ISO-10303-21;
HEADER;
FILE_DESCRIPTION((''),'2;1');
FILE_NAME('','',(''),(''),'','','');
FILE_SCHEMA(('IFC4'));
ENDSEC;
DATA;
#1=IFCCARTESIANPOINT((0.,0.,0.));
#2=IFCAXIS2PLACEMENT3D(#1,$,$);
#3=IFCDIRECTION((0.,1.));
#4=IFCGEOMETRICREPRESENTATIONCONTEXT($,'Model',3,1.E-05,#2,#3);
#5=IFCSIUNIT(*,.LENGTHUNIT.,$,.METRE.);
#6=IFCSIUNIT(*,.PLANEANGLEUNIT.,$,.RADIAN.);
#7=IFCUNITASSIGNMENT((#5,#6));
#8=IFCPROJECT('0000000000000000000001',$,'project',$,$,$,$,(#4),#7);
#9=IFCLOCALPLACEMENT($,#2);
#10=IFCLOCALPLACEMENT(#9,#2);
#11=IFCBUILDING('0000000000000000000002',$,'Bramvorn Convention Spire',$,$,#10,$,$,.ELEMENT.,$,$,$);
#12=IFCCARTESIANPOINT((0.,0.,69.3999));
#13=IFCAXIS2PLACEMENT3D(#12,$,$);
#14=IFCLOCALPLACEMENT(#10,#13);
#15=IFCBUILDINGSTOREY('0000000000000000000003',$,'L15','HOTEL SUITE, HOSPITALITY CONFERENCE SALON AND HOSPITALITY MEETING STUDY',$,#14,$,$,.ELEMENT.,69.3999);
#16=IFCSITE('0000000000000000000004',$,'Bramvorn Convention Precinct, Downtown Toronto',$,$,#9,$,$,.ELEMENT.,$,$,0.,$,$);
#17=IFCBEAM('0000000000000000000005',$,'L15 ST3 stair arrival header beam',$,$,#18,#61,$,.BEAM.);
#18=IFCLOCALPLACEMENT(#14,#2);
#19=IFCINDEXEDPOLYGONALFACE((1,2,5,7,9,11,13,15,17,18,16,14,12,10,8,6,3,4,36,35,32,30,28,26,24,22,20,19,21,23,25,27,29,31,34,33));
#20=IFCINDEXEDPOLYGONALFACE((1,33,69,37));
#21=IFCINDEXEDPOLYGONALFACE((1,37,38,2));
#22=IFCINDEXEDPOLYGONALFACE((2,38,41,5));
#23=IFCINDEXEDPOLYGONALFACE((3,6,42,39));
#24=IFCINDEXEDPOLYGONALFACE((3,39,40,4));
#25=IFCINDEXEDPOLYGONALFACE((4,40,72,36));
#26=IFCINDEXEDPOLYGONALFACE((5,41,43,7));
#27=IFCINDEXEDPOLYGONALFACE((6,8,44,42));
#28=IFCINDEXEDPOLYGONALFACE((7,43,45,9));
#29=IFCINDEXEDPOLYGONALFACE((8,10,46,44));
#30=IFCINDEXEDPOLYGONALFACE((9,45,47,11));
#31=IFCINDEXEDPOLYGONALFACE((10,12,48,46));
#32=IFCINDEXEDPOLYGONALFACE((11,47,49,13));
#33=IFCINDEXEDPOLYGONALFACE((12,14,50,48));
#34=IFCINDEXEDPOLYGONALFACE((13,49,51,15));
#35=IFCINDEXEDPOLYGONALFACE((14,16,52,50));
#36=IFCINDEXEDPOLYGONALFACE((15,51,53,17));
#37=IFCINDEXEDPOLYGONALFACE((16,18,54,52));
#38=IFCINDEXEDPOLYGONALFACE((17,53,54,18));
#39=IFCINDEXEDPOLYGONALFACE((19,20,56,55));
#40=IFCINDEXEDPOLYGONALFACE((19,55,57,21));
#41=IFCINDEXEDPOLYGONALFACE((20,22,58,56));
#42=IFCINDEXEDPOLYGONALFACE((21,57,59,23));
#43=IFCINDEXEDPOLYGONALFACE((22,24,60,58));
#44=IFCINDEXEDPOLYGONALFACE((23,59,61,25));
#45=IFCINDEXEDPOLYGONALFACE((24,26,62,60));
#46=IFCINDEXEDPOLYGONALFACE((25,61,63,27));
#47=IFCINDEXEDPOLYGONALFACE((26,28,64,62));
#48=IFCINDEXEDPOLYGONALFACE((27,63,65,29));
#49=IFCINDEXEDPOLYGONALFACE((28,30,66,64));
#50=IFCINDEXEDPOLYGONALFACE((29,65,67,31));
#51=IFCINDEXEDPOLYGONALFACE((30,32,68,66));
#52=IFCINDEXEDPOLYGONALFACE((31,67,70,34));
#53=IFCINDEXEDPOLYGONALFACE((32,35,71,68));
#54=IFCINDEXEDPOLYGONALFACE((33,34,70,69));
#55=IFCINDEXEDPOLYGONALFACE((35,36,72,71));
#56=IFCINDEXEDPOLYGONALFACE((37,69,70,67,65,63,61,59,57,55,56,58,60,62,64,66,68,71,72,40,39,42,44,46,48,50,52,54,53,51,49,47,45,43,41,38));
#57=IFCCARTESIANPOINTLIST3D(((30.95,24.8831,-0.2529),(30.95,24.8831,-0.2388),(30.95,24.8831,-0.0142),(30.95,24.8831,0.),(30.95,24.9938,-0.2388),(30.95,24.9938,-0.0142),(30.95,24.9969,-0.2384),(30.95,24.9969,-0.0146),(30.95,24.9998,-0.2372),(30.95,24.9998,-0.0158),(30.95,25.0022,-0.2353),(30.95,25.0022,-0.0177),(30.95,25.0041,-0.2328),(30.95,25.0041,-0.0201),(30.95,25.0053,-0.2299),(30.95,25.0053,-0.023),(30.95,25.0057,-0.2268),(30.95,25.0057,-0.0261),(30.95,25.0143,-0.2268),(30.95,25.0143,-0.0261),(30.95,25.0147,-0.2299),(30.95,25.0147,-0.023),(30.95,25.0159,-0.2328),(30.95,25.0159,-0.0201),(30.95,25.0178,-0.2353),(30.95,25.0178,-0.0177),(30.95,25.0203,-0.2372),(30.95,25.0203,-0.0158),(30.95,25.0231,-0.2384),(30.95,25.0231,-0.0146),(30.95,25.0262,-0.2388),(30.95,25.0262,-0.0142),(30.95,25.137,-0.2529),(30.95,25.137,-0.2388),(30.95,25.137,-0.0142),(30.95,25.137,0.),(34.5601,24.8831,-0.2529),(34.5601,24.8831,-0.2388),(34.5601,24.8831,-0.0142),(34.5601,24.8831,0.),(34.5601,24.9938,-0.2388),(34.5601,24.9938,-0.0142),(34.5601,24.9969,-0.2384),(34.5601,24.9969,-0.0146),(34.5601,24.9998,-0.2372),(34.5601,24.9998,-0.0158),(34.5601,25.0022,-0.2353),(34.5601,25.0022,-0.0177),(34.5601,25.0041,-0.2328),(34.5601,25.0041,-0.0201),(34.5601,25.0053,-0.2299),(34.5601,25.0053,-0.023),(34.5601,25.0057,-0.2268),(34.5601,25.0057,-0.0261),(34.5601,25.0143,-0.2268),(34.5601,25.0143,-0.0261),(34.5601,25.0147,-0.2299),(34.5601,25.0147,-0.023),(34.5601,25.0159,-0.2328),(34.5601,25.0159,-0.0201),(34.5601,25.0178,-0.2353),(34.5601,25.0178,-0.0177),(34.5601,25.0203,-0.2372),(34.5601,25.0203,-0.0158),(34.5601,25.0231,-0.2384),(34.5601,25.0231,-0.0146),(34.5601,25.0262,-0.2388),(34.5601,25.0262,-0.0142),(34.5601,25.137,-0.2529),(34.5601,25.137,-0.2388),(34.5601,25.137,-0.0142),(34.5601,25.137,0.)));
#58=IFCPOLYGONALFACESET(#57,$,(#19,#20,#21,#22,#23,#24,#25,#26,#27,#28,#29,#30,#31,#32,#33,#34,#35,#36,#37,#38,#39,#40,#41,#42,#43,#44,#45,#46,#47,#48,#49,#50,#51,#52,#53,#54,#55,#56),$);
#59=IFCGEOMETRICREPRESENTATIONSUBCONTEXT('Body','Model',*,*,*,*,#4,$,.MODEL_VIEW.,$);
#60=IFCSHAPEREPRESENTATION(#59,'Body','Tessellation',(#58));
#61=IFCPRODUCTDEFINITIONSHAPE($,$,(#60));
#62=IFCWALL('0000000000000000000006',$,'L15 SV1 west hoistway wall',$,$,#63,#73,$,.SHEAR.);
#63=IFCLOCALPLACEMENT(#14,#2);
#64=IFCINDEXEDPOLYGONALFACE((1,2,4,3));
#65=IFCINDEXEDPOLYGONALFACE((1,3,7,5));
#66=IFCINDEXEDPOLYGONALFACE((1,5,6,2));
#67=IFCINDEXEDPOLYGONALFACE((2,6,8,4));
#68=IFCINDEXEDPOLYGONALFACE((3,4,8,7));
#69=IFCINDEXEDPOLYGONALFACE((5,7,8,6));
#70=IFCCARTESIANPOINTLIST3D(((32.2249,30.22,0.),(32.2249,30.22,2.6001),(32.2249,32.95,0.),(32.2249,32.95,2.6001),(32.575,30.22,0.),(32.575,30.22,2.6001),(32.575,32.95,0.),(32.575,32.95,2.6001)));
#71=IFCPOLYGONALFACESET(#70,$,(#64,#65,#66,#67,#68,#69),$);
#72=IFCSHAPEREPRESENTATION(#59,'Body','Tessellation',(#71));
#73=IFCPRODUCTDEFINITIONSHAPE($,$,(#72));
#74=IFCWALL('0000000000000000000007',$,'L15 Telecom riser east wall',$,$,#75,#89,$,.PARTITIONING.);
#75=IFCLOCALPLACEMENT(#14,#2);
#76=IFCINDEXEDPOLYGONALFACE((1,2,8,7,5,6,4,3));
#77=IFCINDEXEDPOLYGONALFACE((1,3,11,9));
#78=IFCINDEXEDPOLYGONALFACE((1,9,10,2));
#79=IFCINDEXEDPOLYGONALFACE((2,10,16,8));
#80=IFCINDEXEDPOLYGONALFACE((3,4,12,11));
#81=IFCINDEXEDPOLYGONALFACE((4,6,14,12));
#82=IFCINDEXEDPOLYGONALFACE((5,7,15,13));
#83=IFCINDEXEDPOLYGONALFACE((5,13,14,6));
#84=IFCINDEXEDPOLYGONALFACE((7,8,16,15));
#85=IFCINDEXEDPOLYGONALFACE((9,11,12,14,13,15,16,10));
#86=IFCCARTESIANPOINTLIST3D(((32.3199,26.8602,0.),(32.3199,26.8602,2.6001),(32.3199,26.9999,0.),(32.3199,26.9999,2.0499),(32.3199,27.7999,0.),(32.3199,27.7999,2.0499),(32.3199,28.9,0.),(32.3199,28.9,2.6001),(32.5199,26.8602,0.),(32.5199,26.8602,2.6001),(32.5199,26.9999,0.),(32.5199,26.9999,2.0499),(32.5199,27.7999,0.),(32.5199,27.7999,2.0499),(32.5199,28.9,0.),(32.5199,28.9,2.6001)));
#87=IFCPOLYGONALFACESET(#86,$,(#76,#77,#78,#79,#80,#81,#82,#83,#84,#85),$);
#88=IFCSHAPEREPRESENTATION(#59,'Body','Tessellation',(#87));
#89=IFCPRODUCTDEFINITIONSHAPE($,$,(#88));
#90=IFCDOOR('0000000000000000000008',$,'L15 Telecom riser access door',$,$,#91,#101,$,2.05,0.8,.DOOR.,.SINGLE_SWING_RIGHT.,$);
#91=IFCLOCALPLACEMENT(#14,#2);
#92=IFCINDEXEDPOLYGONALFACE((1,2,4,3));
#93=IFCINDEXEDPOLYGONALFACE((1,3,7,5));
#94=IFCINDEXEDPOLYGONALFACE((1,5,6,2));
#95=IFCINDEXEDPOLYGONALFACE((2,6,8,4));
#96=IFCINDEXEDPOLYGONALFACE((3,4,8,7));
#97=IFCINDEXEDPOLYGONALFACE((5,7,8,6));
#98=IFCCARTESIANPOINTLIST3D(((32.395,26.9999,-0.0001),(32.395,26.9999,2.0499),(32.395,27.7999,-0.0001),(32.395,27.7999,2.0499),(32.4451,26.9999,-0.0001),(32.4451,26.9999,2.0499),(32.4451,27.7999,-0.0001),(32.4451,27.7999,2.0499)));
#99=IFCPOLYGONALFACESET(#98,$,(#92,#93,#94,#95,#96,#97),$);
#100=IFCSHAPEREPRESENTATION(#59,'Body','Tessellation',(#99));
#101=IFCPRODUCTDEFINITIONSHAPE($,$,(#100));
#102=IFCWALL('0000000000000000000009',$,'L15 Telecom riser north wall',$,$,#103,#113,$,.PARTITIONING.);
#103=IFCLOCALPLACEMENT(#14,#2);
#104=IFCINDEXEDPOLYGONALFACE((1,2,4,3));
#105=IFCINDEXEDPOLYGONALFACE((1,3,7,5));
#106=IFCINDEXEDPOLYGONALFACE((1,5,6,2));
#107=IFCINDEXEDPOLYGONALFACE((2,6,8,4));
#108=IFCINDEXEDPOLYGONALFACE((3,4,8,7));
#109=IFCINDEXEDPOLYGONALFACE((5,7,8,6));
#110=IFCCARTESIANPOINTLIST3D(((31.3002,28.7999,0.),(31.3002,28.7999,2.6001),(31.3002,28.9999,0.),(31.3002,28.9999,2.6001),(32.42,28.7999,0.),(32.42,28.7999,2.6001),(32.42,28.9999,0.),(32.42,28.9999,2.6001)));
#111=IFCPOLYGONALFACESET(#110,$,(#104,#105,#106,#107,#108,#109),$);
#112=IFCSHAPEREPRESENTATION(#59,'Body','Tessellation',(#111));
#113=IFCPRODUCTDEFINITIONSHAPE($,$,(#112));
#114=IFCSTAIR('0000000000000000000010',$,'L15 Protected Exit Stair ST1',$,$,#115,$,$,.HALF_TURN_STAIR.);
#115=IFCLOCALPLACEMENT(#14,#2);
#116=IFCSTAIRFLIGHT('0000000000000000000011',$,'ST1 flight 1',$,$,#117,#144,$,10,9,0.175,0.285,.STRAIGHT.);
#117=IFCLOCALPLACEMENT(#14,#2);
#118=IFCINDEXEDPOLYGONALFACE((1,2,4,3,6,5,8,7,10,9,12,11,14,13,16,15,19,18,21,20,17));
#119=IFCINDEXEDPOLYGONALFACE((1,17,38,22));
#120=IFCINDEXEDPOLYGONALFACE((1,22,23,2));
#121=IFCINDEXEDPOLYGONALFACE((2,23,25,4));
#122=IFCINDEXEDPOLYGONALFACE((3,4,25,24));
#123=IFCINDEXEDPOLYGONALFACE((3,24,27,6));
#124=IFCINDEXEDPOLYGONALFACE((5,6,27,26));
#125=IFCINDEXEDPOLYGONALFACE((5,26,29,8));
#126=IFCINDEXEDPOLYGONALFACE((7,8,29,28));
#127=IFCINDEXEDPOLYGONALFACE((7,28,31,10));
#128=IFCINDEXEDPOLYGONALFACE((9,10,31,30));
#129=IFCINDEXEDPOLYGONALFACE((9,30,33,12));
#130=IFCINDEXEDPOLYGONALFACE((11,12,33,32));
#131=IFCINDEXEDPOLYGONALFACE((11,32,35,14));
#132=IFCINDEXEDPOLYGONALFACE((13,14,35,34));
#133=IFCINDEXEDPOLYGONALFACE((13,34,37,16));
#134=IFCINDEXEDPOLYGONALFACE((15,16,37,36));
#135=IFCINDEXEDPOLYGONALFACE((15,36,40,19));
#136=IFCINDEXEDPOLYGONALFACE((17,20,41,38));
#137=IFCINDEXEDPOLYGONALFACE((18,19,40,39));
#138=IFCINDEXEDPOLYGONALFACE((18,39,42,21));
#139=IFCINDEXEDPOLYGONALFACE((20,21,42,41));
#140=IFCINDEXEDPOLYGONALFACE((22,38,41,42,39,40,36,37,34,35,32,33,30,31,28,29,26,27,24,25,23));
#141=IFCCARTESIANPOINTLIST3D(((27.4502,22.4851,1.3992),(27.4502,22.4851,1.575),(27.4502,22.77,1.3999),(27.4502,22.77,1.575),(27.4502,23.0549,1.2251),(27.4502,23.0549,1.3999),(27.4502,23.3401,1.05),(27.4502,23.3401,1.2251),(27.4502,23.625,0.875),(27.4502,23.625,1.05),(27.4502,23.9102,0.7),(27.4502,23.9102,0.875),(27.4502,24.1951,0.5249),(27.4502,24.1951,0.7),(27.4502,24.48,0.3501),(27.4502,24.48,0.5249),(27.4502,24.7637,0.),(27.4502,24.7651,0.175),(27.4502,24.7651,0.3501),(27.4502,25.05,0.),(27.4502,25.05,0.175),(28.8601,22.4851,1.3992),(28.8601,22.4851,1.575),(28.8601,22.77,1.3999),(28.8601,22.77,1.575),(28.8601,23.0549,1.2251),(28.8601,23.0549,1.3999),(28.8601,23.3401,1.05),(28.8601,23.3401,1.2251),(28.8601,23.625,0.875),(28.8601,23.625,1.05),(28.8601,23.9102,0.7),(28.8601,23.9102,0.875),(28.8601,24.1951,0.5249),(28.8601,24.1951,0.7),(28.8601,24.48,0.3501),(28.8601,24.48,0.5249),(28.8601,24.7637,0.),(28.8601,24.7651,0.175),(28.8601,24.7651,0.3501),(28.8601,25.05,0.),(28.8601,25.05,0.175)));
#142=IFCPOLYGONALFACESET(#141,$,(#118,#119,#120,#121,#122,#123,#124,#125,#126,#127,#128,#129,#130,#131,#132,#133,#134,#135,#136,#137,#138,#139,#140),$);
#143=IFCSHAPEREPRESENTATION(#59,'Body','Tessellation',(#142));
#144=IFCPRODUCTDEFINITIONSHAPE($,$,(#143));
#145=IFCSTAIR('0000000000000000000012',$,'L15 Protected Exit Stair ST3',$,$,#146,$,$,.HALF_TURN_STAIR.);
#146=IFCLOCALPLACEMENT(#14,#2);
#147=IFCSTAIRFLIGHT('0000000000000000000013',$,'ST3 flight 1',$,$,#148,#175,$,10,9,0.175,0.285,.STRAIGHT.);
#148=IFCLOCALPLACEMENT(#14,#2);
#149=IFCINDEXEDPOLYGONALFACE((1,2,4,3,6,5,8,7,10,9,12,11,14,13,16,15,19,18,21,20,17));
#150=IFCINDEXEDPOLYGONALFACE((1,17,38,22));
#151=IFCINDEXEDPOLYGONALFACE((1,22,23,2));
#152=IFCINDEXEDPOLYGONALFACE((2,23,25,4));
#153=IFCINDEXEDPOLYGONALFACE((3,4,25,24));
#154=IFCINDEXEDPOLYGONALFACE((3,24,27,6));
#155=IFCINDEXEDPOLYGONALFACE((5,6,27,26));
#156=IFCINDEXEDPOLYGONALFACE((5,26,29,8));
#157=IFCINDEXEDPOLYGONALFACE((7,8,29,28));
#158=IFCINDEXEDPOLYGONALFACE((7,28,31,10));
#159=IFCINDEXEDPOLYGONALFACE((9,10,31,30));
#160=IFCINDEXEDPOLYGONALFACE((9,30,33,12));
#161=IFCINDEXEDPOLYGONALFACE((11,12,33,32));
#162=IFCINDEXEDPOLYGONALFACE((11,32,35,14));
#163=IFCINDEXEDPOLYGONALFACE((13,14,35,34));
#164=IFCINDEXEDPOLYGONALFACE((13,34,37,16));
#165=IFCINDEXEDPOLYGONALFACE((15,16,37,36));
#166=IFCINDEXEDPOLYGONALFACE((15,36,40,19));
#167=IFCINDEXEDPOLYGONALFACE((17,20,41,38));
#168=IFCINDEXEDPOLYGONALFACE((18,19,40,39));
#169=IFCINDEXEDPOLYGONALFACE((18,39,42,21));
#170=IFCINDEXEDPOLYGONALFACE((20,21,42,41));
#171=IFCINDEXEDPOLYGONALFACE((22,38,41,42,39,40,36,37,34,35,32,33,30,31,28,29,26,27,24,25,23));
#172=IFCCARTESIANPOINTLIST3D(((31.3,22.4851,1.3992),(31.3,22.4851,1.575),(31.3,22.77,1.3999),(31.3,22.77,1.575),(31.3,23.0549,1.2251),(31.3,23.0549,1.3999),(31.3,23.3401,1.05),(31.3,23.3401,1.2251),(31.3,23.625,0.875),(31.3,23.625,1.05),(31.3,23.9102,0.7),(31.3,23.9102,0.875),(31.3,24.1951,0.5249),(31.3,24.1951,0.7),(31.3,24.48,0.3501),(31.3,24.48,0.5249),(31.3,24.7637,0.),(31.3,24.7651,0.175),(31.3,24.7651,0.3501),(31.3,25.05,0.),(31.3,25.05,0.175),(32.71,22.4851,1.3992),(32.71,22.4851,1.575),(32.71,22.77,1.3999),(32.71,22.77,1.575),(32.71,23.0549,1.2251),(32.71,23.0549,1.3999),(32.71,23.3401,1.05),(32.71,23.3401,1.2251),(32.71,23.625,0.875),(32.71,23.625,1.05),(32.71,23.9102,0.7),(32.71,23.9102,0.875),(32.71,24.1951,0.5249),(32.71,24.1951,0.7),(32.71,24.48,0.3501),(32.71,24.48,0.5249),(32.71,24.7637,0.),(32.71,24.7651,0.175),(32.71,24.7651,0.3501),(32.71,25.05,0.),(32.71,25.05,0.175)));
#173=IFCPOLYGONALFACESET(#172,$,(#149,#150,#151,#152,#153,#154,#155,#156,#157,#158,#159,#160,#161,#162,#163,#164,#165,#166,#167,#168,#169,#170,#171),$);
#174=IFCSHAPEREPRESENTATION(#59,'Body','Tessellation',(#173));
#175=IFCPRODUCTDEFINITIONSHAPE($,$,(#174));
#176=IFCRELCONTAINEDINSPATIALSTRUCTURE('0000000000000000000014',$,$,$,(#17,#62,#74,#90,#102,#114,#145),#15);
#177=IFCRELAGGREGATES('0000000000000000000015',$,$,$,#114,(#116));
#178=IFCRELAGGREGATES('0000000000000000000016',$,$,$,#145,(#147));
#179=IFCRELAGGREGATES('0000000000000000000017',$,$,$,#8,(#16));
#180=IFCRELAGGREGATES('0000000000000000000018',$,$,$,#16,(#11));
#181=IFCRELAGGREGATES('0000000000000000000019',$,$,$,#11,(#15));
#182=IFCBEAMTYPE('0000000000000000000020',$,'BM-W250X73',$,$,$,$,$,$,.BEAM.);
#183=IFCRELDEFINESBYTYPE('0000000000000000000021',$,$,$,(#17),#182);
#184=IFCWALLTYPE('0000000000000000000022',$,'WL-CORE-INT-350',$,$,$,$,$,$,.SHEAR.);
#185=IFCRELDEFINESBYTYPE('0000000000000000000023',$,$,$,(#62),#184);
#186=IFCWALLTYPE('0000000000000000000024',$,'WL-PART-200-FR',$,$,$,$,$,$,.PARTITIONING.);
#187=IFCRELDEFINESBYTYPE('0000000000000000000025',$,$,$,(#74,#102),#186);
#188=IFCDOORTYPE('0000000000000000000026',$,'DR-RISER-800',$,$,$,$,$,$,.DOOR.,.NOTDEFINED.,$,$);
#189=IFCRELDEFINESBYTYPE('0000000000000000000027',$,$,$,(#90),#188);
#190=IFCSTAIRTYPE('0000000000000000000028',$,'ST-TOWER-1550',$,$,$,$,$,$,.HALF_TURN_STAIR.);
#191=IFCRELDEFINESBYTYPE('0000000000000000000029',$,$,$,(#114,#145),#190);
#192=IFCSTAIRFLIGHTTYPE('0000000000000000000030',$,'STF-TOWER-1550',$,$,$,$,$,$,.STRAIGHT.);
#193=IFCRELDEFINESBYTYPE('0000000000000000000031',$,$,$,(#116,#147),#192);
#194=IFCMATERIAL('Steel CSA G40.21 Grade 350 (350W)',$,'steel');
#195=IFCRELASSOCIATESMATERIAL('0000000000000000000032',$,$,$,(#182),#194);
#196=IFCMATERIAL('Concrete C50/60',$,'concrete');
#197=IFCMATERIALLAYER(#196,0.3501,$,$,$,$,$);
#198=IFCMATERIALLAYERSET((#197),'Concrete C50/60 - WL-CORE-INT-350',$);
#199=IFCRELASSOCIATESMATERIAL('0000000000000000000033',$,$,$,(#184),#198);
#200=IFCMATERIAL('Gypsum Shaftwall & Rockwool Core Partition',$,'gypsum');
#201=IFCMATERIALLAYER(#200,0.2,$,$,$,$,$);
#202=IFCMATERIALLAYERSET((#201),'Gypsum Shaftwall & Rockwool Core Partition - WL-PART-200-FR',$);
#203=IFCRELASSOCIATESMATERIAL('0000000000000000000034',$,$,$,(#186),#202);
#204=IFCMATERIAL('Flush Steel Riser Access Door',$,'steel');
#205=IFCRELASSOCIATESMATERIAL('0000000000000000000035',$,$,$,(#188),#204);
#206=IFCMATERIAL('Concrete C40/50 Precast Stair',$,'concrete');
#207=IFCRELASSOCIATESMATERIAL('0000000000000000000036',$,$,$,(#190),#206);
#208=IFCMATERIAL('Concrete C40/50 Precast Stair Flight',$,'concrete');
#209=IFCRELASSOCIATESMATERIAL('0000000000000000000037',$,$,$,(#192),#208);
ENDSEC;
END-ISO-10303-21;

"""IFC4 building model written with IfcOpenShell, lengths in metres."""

from ifc_helpers import new_model, si_unit, direction, frame, frame_2d, origin, origin_2d, place, context, subcontext, project, spatial, polyline, rectangle, i_section, outline, extrude, material, layer, layer_set, material_profile, profile_set, type_object, element, fill, aggregate, save


model = new_model("IFC4")

# Units and contexts
model_context = context("Model", 3, precision=1e-05, world=origin(), true_north=direction((0.0, 1.0)))
body_context = subcontext(model_context, "Body", "Model", "MODEL_VIEW")
ifc_project = project(units=[si_unit("LENGTHUNIT", "METRE"), si_unit("PLANEANGLEUNIT", "RADIAN")], contexts=[model_context])

# Site, building, storey
site_placement = place(None, origin())
site = spatial("IfcSite", under=ifc_project, at=site_placement, Name="Bramvorn Convention Precinct, Downtown Toronto", CompositionType="ELEMENT", RefElevation=0.0)
building_placement = place(site_placement, origin())
building = spatial("IfcBuilding", under=site, at=building_placement, Name="Bramvorn Convention Spire", CompositionType="ELEMENT")
storey_placement = place(building_placement, frame((0.0, 0.0, 69.3999)))
storey = spatial("IfcBuildingStorey", under=building, at=storey_placement, Name="L15", Description="HOTEL SUITE, HOSPITALITY CONFERENCE SALON AND HOSPITALITY MEETING STUDY", CompositionType="ELEMENT", Elevation=69.3999)

# Beam
ifc_material_1 = material(Name="Steel CSA G40.21 Grade 350 (350W)", Category="steel")
ifc_material_profile = material_profile(ifc_material_1, i_section(OverallWidth=0.2539, OverallDepth=0.2529, WebThickness=0.0085, FlangeThickness=0.0142, FilletRadius=0.012, at=origin_2d()))
ifc_profile_set = profile_set([ifc_material_profile], Name="Steel CSA G40.21 Grade 350 (350W) - W250X73")
beam_type = type_object("IfcBeamType", Name="BM-W250X73", PredefinedType="BEAM", material=ifc_profile_set)
beam_placement = place(storey_placement, frame((30.95, 25.01, -0.1265), z_axis=(1.0, 0.0, 0.0), x_axis=(0.0, 1.0, 0.0)))
element("IfcBeam", 1, at=beam_placement, inside=storey, type_object=beam_type, Name="L15 ST3 stair arrival header beam", PredefinedType="BEAM", context=body_context, shape_type="SweptSolid", body=[
    extrude(i_section(OverallWidth=0.2539, OverallDepth=0.2529, WebThickness=0.0085, FlangeThickness=0.0142, FilletRadius=0.012, at=origin_2d()), origin(), (0.0, 0.0, 1.0), 3.6101),
])

# Shared definitions
ifc_material_2 = material(Name="Concrete C50/60", Category="concrete")
ifc_layer_1 = layer(ifc_material_2, 0.3501)
ifc_layer_set_1 = layer_set([ifc_layer_1], Name="Concrete C50/60 - WL-CORE-INT-350")
wall_type_1 = type_object("IfcWallType", Name="WL-CORE-INT-350", PredefinedType="SHEAR", material=ifc_layer_set_1)

# Wall
wall_1_placement = place(storey_placement, frame((32.3999, 30.22, 0.0), z_axis=(0.0, 0.0, 1.0), x_axis=(0.0, 1.0, 0.0)))
element("IfcWall", 2, at=wall_1_placement, inside=storey, type_object=wall_type_1, Name="L15 SV1 west hoistway wall", PredefinedType="SHEAR", context=body_context, shape_type="SweptSolid", body=[
    extrude(rectangle(XDim=2.73, YDim=0.3501, at=frame_2d((1.365, 0.0))), origin(), (0.0, 0.0, 1.0), 2.6001),
])

# Wall, opening, door
ifc_material_3 = material(Name="Gypsum Shaftwall & Rockwool Core Partition", Category="gypsum")
ifc_layer_2 = layer(ifc_material_3, 0.2)
ifc_layer_set_2 = layer_set([ifc_layer_2], Name="Gypsum Shaftwall & Rockwool Core Partition - WL-PART-200-FR")
wall_type_2 = type_object("IfcWallType", Name="WL-PART-200-FR", PredefinedType="PARTITIONING", material=ifc_layer_set_2)
wall_2_placement = place(storey_placement, frame((32.4199, 26.8601, 0.0), z_axis=(0.0, 0.0, 1.0), x_axis=(0.0, 1.0, 0.0)))
wall_2 = element("IfcWall", 3, at=wall_2_placement, inside=storey, type_object=wall_type_2, Name="L15 Telecom riser east wall", PredefinedType="PARTITIONING", context=body_context, shape_type="SweptSolid", body=[
    extrude(rectangle(XDim=2.0398, YDim=0.2, at=frame_2d((1.02, 0.0))), origin(), (0.0, 0.0, 1.0), 2.6001),
])
opening_1_placement = place(wall_2_placement, frame((0.1399, 0.0, 0.0)))
opening_1 = element("IfcOpeningElement", 4, at=opening_1_placement, cuts=wall_2, PredefinedType="OPENING", context=body_context, shape_type="SweptSolid", body=[
    extrude(rectangle(XDim=0.8, YDim=2.05, at=frame_2d((0.3999, 1.0249))), frame((0.0, 0.1099, 0.0), z_axis=(0.0, -1.0, 0.0), x_axis=(1.0, 0.0, 0.0)), (0.0, 0.0, 1.0), 0.22),
])
ifc_material_4 = material(Name="Flush Steel Riser Access Door", Category="steel")
door_type_1 = type_object("IfcDoorType", Name="DR-RISER-800", OperationType="NOTDEFINED", PredefinedType="DOOR", material=ifc_material_4)
door_1_placement = place(opening_1_placement, origin())
door_1 = element("IfcDoor", 5, at=door_1_placement, inside=storey, type_object=door_type_1, Name="L15 Telecom riser access door", OperationType="SINGLE_SWING_RIGHT", OverallHeight=2.05, OverallWidth=0.8, PredefinedType="DOOR", context=body_context, shape_type="SweptSolid", body=[
    extrude(rectangle(XDim=0.8, YDim=2.05, at=frame_2d((0.3999, 1.0249))), frame((0.0, 0.0249, 0.0), z_axis=(0.0, -1.0, 0.0), x_axis=(1.0, 0.0, 0.0)), (0.0, 0.0, 1.0), 0.05),
])
fill(opening_1, door_1)

# Wall
wall_3_placement = place(storey_placement, frame((31.3, 28.8999, 0.0), z_axis=(0.0, 0.0, 1.0), x_axis=(1.0, 0.0, 0.0)))
element("IfcWall", 6, at=wall_3_placement, inside=storey, type_object=wall_type_2, Name="L15 Telecom riser north wall", PredefinedType="PARTITIONING", context=body_context, shape_type="SweptSolid", body=[
    extrude(rectangle(XDim=1.1199, YDim=0.2, at=frame_2d((0.5601, 0.0))), origin(), (0.0, 0.0, 1.0), 2.6001),
])

# Stairs, stair flights
ifc_material_5 = material(Name="Concrete C40/50 Precast Stair", Category="concrete")
stair_type = type_object("IfcStairType", Name="ST-TOWER-1550", PredefinedType="HALF_TURN_STAIR", material=ifc_material_5)
stair_1_placement = place(storey_placement, origin())
stair_1 = element("IfcStair", 7, at=stair_1_placement, inside=storey, type_object=stair_type, Name="L15 Protected Exit Stair ST1", PredefinedType="HALF_TURN_STAIR")
ifc_material_6 = material(Name="Concrete C40/50 Precast Stair Flight", Category="concrete")
stair_flight_type = type_object("IfcStairFlightType", Name="STF-TOWER-1550", PredefinedType="STRAIGHT", material=ifc_material_6)
stair_flight_1_placement = place(storey_placement, frame((28.155, 25.05, 0.0), z_axis=(0.0, 0.0, 1.0), x_axis=(0.0, -1.0, 0.0)))
stair_flight_1 = element("IfcStairFlight", 8, at=stair_flight_1_placement, type_object=stair_flight_type, Name="ST1 flight 1", NumberOfRisers=10, NumberOfTreads=9, PredefinedType="STRAIGHT", RiserHeight=0.175, TreadLength=0.285, context=body_context, shape_type="SweptSolid", body=[
    extrude(outline(polyline([(0.0, 0.0), (0.0, 0.175), (0.2849, 0.175), (0.2849, 0.3501), (0.5701, 0.3501), (0.5701, 0.5249), (0.855, 0.5249), (0.855, 0.7), (1.1399, 0.7), (1.1399, 0.875), (1.425, 0.875), (1.425, 1.05), (1.71, 1.05), (1.71, 1.2251), (1.9951, 1.2251), (1.9951, 1.3999), (2.28, 1.3999), (2.28, 1.575), (2.5649, 1.575), (2.5649, 1.75), (2.5649, 1.3992), (0.2864, 0.0), (0.0, 0.0)])), frame((0.0, 0.7051, 0.0), z_axis=(0.0, -1.0, 0.0), x_axis=(1.0, 0.0, 0.0)), (0.0, 0.0, 1.0), 1.4099),
])
aggregate(stair_1, [stair_flight_1])
stair_2_placement = place(storey_placement, origin())
stair_2 = element("IfcStair", 9, at=stair_2_placement, inside=storey, type_object=stair_type, Name="L15 Protected Exit Stair ST3", PredefinedType="HALF_TURN_STAIR")
stair_flight_2_placement = place(storey_placement, frame((32.0049, 25.05, 0.0), z_axis=(0.0, 0.0, 1.0), x_axis=(0.0, -1.0, 0.0)))
stair_flight_2 = element("IfcStairFlight", 10, at=stair_flight_2_placement, type_object=stair_flight_type, Name="ST3 flight 1", NumberOfRisers=10, NumberOfTreads=9, PredefinedType="STRAIGHT", RiserHeight=0.175, TreadLength=0.285, context=body_context, shape_type="SweptSolid", body=[
    extrude(outline(polyline([(0.0, 0.0), (0.0, 0.175), (0.2849, 0.175), (0.2849, 0.3501), (0.5701, 0.3501), (0.5701, 0.5249), (0.855, 0.5249), (0.855, 0.7), (1.1399, 0.7), (1.1399, 0.875), (1.425, 0.875), (1.425, 1.05), (1.71, 1.05), (1.71, 1.2251), (1.9951, 1.2251), (1.9951, 1.3999), (2.28, 1.3999), (2.28, 1.575), (2.5649, 1.575), (2.5649, 1.75), (2.5649, 1.3992), (0.2864, 0.0), (0.0, 0.0)])), frame((0.0, 0.7051, 0.0), z_axis=(0.0, -1.0, 0.0), x_axis=(1.0, 0.0, 0.0)), (0.0, 0.0, 1.0), 1.4099),
])
aggregate(stair_2, [stair_flight_2])

save(model, "model.ifc")
